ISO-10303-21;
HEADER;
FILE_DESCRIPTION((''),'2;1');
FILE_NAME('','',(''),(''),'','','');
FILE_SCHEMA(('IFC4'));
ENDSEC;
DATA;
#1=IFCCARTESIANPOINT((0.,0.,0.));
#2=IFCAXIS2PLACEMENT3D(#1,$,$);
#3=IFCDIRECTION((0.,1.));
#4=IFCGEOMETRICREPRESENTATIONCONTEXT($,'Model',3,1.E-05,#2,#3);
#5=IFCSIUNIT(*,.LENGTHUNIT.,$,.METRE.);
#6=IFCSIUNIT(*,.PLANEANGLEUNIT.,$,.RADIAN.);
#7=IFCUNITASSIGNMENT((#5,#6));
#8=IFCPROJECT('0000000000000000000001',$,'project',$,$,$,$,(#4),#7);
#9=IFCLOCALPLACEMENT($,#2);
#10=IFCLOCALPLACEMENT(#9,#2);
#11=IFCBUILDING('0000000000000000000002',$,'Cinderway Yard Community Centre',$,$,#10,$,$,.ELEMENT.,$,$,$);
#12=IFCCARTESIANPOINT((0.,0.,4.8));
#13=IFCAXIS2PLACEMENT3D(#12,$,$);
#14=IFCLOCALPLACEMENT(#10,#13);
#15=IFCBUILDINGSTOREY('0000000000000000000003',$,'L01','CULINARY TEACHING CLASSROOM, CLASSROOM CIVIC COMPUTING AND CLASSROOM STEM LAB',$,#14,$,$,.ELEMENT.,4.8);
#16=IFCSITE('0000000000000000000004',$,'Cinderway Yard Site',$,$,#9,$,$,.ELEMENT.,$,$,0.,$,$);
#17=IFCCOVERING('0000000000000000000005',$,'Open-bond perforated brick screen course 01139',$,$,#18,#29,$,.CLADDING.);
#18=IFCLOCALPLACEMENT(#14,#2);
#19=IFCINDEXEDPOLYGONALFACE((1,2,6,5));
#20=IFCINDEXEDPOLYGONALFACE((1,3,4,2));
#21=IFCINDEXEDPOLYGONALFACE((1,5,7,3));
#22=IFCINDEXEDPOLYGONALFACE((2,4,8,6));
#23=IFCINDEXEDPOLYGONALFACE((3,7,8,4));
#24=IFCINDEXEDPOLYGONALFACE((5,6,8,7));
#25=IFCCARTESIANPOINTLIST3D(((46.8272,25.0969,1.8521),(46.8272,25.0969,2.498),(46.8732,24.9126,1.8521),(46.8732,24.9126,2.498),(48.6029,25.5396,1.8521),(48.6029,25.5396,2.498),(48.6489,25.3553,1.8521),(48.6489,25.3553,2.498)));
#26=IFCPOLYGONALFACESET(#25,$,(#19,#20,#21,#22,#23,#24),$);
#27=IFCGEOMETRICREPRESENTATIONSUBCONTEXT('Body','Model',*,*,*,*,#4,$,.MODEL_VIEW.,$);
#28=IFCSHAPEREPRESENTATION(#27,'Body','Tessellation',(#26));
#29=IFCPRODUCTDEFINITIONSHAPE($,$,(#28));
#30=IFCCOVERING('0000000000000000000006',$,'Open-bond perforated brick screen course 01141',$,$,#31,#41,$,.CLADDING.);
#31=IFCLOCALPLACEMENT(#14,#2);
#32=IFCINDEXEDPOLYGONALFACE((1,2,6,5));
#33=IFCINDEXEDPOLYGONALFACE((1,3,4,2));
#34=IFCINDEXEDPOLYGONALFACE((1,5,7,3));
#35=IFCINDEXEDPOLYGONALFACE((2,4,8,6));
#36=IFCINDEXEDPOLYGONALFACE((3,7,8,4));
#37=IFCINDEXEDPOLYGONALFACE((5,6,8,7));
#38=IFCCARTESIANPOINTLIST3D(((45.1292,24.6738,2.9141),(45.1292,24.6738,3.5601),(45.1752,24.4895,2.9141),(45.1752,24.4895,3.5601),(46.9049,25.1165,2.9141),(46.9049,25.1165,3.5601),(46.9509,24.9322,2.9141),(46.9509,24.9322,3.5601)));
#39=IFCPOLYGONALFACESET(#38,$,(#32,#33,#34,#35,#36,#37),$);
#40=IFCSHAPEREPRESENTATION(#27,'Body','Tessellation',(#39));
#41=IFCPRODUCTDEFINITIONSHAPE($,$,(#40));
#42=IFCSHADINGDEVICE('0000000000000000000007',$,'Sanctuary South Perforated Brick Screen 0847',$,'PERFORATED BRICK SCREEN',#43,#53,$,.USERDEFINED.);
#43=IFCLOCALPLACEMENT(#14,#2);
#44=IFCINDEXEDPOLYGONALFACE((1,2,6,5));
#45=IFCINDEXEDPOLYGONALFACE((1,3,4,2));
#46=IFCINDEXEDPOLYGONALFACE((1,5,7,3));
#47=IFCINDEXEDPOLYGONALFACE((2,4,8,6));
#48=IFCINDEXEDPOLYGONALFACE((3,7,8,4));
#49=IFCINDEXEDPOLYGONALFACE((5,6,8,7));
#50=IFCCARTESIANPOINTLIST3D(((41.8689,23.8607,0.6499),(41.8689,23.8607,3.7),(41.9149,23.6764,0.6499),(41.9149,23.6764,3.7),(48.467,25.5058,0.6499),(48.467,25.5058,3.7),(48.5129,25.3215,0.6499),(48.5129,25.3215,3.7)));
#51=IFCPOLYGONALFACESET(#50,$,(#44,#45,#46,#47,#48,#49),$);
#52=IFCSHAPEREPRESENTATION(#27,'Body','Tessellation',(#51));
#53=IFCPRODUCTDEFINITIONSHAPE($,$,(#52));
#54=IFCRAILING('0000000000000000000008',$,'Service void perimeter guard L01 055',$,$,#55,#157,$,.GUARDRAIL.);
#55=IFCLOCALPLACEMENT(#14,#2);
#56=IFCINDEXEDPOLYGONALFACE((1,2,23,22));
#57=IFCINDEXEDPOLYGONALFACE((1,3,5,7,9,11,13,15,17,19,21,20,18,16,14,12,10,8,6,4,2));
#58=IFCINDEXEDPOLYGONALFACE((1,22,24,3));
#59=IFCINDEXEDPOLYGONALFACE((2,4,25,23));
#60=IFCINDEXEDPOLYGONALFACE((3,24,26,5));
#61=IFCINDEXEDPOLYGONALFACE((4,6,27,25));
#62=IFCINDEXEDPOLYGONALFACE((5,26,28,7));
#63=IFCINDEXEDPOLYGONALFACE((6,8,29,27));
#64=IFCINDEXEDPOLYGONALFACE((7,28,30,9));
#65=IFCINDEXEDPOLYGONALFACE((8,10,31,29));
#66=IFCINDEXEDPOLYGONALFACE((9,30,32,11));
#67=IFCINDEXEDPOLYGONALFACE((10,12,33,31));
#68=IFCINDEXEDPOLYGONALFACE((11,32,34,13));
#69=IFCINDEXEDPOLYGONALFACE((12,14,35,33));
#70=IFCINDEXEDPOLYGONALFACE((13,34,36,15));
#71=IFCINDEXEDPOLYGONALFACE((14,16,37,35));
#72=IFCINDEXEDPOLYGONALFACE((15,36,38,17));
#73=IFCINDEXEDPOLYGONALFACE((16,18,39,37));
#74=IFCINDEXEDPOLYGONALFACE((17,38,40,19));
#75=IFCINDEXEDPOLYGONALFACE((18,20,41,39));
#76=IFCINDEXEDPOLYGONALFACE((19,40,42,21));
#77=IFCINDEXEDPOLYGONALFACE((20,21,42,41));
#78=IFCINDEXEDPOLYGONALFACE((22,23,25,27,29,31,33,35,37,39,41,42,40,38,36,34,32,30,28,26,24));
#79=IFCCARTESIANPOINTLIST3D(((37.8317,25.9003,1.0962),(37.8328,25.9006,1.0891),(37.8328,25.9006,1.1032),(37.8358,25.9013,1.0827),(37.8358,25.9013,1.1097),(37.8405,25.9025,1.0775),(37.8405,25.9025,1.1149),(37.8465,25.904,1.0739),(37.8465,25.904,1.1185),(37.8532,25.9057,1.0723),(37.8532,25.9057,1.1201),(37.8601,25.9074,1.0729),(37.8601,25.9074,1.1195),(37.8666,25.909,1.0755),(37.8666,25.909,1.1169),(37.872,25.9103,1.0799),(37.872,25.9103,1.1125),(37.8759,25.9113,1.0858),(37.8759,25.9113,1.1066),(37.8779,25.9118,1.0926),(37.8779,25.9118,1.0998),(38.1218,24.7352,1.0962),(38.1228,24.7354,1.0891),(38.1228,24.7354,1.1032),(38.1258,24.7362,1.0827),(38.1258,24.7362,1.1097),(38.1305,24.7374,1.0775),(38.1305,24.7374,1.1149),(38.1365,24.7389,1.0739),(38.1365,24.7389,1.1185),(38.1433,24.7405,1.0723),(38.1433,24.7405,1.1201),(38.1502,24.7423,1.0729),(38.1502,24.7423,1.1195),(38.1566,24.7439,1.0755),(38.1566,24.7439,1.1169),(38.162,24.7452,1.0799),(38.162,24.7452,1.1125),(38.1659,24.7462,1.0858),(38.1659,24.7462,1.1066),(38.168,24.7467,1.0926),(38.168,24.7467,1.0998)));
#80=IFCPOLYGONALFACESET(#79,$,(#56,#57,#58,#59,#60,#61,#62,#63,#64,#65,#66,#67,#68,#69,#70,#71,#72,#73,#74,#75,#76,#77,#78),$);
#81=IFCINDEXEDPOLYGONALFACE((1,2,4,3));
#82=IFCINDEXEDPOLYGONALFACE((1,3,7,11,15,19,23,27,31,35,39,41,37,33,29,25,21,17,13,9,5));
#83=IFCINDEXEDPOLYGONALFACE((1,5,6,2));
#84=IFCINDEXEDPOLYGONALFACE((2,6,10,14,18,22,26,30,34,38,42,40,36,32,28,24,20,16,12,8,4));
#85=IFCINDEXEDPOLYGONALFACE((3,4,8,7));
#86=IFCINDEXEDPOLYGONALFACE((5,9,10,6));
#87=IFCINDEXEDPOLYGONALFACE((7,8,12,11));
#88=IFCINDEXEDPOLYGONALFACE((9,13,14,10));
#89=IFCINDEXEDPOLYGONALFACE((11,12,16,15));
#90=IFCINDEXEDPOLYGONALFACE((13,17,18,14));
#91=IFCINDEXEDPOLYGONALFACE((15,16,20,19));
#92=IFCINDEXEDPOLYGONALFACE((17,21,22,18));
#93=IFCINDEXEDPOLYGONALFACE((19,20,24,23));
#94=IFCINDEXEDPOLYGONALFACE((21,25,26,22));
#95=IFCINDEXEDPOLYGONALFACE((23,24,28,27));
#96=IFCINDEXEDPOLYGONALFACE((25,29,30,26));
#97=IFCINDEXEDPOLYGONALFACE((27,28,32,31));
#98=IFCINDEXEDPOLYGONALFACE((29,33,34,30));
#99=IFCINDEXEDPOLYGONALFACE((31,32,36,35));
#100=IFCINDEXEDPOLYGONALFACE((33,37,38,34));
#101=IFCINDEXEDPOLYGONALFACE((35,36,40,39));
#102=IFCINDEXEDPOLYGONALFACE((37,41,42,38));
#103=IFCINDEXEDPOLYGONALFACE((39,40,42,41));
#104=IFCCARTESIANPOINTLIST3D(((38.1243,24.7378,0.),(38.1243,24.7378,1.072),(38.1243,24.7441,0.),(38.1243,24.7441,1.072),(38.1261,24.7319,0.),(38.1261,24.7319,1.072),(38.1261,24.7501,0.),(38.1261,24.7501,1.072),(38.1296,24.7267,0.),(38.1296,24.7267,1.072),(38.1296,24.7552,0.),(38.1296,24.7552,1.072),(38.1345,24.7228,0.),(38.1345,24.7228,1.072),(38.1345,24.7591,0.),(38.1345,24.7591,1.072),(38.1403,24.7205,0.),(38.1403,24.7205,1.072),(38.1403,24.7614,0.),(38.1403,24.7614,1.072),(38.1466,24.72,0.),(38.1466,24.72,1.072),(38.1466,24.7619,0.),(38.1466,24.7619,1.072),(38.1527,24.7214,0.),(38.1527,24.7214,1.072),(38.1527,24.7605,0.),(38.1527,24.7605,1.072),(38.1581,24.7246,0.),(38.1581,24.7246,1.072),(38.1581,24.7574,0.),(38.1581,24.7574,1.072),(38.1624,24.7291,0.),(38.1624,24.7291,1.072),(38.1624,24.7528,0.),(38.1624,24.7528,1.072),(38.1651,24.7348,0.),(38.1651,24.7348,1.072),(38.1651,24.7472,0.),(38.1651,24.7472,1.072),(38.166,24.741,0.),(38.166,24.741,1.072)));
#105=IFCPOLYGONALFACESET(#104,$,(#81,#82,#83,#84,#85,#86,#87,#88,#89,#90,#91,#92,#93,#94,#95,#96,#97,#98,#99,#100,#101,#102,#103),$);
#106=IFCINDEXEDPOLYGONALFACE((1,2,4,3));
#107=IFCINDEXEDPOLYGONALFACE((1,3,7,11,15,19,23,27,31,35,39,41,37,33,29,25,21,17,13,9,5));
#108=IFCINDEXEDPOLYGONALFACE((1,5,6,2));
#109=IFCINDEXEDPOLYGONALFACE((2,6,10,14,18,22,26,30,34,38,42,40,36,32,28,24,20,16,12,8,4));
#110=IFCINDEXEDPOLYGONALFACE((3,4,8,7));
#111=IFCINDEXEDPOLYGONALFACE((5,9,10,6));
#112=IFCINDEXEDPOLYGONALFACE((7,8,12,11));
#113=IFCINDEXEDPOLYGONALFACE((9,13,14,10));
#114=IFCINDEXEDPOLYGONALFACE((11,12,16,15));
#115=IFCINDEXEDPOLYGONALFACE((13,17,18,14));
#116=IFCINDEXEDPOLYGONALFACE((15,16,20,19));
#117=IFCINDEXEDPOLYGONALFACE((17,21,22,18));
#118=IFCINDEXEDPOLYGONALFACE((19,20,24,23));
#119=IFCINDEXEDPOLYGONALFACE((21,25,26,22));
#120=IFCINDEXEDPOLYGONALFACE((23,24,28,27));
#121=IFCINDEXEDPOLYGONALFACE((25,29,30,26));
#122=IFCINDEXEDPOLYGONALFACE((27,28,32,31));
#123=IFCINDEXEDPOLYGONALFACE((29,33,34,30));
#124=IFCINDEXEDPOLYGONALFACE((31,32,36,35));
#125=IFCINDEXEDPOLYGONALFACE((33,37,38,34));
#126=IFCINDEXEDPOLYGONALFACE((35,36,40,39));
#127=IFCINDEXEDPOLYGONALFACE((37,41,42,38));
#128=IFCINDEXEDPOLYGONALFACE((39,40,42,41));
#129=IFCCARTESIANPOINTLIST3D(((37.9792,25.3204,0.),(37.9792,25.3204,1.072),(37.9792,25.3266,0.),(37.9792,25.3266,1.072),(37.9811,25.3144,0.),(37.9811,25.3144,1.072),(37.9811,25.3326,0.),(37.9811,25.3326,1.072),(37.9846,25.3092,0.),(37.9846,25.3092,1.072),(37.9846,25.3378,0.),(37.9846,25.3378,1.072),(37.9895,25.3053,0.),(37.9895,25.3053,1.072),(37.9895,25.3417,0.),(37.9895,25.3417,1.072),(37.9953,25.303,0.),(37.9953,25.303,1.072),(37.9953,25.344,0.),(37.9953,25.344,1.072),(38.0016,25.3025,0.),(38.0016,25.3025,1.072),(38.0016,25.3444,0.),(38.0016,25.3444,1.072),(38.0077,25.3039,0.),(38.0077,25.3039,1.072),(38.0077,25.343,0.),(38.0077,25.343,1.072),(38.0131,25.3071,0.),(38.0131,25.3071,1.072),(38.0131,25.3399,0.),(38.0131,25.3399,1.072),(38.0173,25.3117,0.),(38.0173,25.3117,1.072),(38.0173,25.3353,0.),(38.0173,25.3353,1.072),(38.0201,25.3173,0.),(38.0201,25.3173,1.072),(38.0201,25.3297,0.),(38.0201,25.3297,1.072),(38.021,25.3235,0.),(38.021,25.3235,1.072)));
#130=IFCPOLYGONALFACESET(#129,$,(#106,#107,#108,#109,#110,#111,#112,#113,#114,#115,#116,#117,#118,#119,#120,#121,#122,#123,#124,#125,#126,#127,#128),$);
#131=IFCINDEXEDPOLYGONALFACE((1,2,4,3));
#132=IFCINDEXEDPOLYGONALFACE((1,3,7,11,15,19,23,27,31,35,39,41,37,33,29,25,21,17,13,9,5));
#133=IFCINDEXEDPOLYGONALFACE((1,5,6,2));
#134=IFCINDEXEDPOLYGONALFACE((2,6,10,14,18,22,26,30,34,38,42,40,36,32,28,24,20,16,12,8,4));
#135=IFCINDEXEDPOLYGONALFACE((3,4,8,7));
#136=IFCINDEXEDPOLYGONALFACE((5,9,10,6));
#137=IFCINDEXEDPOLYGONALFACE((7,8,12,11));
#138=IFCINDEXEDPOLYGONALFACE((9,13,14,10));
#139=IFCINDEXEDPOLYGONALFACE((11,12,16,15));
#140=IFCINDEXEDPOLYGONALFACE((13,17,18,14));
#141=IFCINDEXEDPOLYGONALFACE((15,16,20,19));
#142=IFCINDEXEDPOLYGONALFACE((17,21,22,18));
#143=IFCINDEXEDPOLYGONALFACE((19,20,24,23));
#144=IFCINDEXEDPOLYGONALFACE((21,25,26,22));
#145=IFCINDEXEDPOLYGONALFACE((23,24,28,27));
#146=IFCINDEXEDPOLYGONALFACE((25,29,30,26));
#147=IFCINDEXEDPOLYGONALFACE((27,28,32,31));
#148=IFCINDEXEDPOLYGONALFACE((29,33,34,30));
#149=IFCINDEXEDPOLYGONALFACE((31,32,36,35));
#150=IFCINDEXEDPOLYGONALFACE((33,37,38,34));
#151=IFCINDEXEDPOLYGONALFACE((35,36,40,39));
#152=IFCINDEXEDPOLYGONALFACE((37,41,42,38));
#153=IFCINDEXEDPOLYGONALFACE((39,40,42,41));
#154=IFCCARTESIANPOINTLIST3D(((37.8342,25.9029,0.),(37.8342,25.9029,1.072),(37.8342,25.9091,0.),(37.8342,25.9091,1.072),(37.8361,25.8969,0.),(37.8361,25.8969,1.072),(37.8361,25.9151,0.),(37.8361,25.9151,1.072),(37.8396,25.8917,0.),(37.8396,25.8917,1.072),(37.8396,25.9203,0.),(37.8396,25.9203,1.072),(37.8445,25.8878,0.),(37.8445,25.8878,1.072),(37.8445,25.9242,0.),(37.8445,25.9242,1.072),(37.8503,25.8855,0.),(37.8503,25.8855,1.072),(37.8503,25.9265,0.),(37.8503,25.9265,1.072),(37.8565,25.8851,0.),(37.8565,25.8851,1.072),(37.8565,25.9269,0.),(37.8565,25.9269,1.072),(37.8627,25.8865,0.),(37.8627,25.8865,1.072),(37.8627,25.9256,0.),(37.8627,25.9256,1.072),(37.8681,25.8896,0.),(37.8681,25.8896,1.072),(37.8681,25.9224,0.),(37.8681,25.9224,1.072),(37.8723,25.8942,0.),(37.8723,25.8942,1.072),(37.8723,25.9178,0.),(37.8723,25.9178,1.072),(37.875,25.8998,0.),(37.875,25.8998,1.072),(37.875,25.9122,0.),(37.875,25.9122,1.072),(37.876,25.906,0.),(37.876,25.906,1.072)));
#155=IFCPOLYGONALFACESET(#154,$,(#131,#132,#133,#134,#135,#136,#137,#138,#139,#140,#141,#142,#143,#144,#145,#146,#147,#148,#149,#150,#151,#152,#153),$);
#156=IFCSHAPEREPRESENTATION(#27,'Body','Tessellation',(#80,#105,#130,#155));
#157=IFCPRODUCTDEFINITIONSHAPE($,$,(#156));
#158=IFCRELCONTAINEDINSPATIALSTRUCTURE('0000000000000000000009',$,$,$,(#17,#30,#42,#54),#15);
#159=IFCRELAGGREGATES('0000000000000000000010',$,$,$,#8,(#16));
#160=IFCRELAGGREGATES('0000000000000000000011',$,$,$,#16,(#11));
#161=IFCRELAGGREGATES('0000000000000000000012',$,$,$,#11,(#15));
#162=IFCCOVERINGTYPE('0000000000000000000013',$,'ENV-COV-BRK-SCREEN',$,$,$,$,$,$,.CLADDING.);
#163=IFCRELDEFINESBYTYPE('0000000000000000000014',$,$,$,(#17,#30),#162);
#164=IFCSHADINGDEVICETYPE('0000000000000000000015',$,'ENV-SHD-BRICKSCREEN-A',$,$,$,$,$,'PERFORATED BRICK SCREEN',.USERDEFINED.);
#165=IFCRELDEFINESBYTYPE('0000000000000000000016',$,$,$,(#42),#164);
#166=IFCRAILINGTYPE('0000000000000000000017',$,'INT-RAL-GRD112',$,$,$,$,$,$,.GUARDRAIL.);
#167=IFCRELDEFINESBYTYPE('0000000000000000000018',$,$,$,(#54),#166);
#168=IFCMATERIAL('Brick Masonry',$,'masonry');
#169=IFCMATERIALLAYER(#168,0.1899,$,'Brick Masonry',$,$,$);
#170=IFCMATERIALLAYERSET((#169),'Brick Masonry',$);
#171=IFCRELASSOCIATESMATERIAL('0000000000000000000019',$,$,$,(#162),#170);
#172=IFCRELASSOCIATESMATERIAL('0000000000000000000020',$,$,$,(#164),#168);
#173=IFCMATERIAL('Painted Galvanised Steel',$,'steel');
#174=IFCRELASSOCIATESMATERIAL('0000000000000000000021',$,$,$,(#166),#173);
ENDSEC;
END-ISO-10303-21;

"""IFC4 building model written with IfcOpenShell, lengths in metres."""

from ifc_helpers import new_model, si_unit, direction, frame, origin, origin_2d, place, context, subcontext, project, spatial, rectangle, circle, extrude, material, layer, layer_set, type_object, element, save


model = new_model("IFC4")

# Units and contexts
model_context = context("Model", 3, precision=1e-05, world=origin(), true_north=direction((0.0, 1.0)))
body_context = subcontext(model_context, "Body", "Model", "MODEL_VIEW")
ifc_project = project(units=[si_unit("LENGTHUNIT", "METRE"), si_unit("PLANEANGLEUNIT", "RADIAN")], contexts=[model_context])

# Site, building, storey
site_placement = place(None, origin())
site = spatial("IfcSite", under=ifc_project, at=site_placement, Name="Cinderway Yard Site", CompositionType="ELEMENT", RefElevation=0.0)
building_placement = place(site_placement, origin())
building = spatial("IfcBuilding", under=site, at=building_placement, Name="Cinderway Yard Community Centre", CompositionType="ELEMENT")
storey_placement = place(building_placement, frame((0.0, 0.0, 4.8)))
storey = spatial("IfcBuildingStorey", under=building, at=storey_placement, Name="L01", Description="CULINARY TEACHING CLASSROOM, CLASSROOM CIVIC COMPUTING AND CLASSROOM STEM LAB", CompositionType="ELEMENT", Elevation=4.8)

# Shared definitions
ifc_material_1 = material(Name="Brick Masonry", Category="masonry")

# Coverings
ifc_layer_1 = layer(ifc_material_1, 0.1899, Name="Brick Masonry")
ifc_layer_set_1 = layer_set([ifc_layer_1], Name="Brick Masonry")
covering_type = type_object("IfcCoveringType", Name="ENV-COV-BRK-SCREEN", PredefinedType="CLADDING", material=ifc_layer_set_1)
for number, where, z_axis, x_axis, name in (
    (1, (47.738, 25.2261, 1.8521), (0.0, 0.0, 1.0), (-0.970296, -0.241922, 0.0), "Open-bond perforated brick screen course 01139"),
    (2, (46.04, 24.803, 2.9141), (0.0, 0.0, 1.0), (-0.970296, -0.241922, 0.0), "Open-bond perforated brick screen course 01141"),
):
    element("IfcCovering", number, at=place(storey_placement, frame(where, z_axis=z_axis, x_axis=x_axis)), inside=storey, type_object=covering_type, Name=name, PredefinedType="CLADDING", context=body_context, shape_type="SweptSolid", body=[
        extrude(rectangle(XDim=1.8301, YDim=0.1899, at=origin_2d()), origin(), (0.0, 0.0, 1.0), 0.646),
    ])

# Shading device
shading_device_type = type_object("IfcShadingDeviceType", Name="ENV-SHD-BRICKSCREEN-A", ElementType="PERFORATED BRICK SCREEN", PredefinedType="USERDEFINED", material=ifc_material_1)
shading_device_placement = place(storey_placement, frame((45.1909, 24.5911, 0.6499), z_axis=(0.0, 0.0, 1.0), x_axis=(-0.970296, -0.241922, 0.0)))
element("IfcShadingDevice", 3, at=shading_device_placement, inside=storey, type_object=shading_device_type, Name="Sanctuary South Perforated Brick Screen 0847", ObjectType="PERFORATED BRICK SCREEN", PredefinedType="USERDEFINED", context=body_context, shape_type="SweptSolid", body=[
    extrude(rectangle(XDim=6.8, YDim=0.1899, at=origin_2d()), origin(), (0.0, 0.0, 1.0), 3.05),
])

# Railing
ifc_material_2 = material(Name="Painted Galvanised Steel", Category="steel")
railing_type_1 = type_object("IfcRailingType", Name="INT-RAL-GRD112", PredefinedType="GUARDRAIL", material=ifc_material_2)
railing_1_placement = place(storey_placement, frame((38.145, 24.741, 0.0)))
element("IfcRailing", 4, at=railing_1_placement, inside=storey, type_object=railing_type_1, Name="Service void perimeter guard L01 055", PredefinedType="GUARDRAIL", context=body_context, shape_type="SweptSolid", body=[
    extrude(circle(Radius=0.0239, at=origin_2d()), frame((0.0, 0.0, 1.0962), z_axis=(-0.241579, 0.970381, 0.0), x_axis=(-0.970381, -0.241579, 0.0)), (0.0, 0.0, 1.0), 1.2007),
    extrude(circle(Radius=0.021, at=origin_2d()), origin(), (0.0, 0.0, 1.0), 1.072),
    extrude(circle(Radius=0.021, at=origin_2d()), frame((-0.145, 0.5825, 0.0)), (0.0, 0.0, 1.0), 1.072),
    extrude(circle(Radius=0.021, at=origin_2d()), frame((-0.29, 1.165, 0.0)), (0.0, 0.0, 1.0), 1.072),
])

save(model, "model.ifc")
